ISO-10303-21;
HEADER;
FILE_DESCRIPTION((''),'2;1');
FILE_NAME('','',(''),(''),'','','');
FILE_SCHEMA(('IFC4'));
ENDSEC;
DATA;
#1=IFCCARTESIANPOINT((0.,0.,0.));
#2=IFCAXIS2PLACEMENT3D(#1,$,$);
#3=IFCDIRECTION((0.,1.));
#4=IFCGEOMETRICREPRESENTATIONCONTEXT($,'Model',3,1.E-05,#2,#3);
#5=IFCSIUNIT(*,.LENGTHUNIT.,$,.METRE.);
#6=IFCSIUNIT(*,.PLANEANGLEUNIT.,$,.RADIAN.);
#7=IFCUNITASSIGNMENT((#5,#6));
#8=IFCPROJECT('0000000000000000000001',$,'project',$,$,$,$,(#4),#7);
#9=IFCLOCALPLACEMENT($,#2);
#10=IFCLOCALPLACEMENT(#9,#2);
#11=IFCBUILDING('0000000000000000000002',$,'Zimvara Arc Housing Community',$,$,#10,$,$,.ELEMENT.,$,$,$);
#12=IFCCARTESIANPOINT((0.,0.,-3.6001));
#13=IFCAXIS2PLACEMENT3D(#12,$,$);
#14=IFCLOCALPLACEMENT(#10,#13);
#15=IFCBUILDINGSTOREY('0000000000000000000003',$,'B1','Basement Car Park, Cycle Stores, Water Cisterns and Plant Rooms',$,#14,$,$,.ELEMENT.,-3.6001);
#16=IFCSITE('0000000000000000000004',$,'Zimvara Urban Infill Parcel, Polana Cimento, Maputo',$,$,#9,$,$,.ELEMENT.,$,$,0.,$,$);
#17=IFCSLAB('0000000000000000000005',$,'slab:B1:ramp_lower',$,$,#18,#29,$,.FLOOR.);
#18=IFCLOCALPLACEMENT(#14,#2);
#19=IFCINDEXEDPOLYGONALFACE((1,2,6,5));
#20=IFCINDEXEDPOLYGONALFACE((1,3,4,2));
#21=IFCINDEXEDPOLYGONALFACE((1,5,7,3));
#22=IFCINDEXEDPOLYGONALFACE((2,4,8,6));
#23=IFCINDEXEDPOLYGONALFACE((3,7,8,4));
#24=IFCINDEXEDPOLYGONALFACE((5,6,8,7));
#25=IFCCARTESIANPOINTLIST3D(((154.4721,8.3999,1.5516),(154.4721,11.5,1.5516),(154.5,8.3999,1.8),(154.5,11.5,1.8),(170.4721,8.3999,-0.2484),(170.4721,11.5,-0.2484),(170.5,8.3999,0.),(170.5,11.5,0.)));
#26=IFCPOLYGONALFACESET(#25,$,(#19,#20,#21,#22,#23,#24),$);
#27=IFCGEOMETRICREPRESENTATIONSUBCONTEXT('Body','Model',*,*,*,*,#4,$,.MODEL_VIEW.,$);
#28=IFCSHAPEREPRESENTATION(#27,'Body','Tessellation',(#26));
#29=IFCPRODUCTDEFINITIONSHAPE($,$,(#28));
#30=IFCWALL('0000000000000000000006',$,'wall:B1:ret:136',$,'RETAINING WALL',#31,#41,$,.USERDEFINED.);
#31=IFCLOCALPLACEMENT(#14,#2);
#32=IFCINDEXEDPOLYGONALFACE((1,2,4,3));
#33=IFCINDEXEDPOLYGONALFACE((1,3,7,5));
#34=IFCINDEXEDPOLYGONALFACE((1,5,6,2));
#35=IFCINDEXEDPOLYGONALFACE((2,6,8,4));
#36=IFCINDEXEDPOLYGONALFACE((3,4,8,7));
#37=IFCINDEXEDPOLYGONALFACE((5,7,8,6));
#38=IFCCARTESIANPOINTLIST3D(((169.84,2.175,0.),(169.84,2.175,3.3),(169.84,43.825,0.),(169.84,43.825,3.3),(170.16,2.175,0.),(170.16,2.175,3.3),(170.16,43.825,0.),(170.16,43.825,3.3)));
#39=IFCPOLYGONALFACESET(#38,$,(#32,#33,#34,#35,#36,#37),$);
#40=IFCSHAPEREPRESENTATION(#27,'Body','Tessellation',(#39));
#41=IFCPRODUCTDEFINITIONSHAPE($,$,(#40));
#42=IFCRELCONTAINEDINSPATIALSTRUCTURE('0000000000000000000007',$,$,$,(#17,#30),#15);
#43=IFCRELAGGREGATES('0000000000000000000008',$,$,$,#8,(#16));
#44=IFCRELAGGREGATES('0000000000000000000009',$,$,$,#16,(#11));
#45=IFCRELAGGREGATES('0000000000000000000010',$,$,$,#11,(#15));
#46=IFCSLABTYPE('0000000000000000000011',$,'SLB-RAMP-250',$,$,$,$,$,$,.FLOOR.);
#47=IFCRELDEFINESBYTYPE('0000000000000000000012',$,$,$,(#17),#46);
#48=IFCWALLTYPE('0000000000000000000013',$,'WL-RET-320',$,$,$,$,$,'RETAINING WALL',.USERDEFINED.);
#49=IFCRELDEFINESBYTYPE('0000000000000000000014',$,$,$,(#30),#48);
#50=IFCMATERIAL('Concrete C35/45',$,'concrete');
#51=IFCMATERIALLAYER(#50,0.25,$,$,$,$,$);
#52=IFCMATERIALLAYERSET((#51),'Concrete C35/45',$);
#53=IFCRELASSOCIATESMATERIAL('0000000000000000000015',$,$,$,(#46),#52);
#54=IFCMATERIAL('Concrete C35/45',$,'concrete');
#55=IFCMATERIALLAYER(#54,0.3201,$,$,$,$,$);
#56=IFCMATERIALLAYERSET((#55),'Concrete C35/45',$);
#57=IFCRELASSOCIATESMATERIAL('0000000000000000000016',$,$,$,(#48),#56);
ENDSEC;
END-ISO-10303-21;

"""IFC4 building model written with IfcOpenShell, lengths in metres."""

from ifc_helpers import new_model, si_unit, direction, frame, frame_2d, origin, place, context, subcontext, project, spatial, polyline, rectangle, outline, extrude, material, layer, layer_set, type_object, element, save


model = new_model("IFC4")

# Units and contexts
model_context = context("Model", 3, precision=1e-05, world=origin(), true_north=direction((0.0, 1.0)))
body_context = subcontext(model_context, "Body", "Model", "MODEL_VIEW")
ifc_project = project(units=[si_unit("LENGTHUNIT", "METRE"), si_unit("PLANEANGLEUNIT", "RADIAN")], contexts=[model_context])

# Site, building, storey
site_placement = place(None, origin())
site = spatial("IfcSite", under=ifc_project, at=site_placement, Name="Zimvara Urban Infill Parcel, Polana Cimento, Maputo", CompositionType="ELEMENT", RefElevation=0.0)
building_placement = place(site_placement, origin())
building = spatial("IfcBuilding", under=site, at=building_placement, Name="Zimvara Arc Housing Community", CompositionType="ELEMENT")
storey_placement = place(building_placement, frame((0.0, 0.0, -3.6001)))
storey = spatial("IfcBuildingStorey", under=building, at=storey_placement, Name="B1", Description="Basement Car Park, Cycle Stores, Water Cisterns and Plant Rooms", CompositionType="ELEMENT", Elevation=-3.6001)

# Slab
ifc_material_1 = material(Name="Concrete C35/45", Category="concrete")
ifc_layer_1 = layer(ifc_material_1, 0.25)
ifc_layer_set_1 = layer_set([ifc_layer_1], Name="Concrete C35/45")
slab_type = type_object("IfcSlabType", Name="SLB-RAMP-250", PredefinedType="FLOOR", material=ifc_layer_set_1)
slab_1_placement = place(storey_placement, frame((170.5, 8.3999, 0.0), z_axis=(0.111798, 0.0, 0.993731), x_axis=(-0.993731, 0.0, 0.111798)))
element("IfcSlab", 1, at=slab_1_placement, inside=storey, type_object=slab_type, Name="slab:B1:ramp_lower", PredefinedType="FLOOR", context=body_context, shape_type="SweptSolid", body=[
    extrude(outline(polyline([(0.0, 0.0), (16.1009, 0.0), (16.1009, -3.1001), (0.0, -3.1001), (0.0, 0.0)])), origin(), (0.0, 0.0, -1.0), 0.25),
])

# Wall
ifc_material_2 = material(Name="Concrete C35/45", Category="concrete")
ifc_layer_2 = layer(ifc_material_2, 0.3201)
ifc_layer_set_2 = layer_set([ifc_layer_2], Name="Concrete C35/45")
wall_type = type_object("IfcWallType", Name="WL-RET-320", ElementType="RETAINING WALL", PredefinedType="USERDEFINED", material=ifc_layer_set_2)
wall_placement = place(storey_placement, frame((170.0, 2.175, 0.0), z_axis=(0.0, 0.0, 1.0), x_axis=(0.0, 1.0, 0.0)))
element("IfcWall", 2, at=wall_placement, inside=storey, type_object=wall_type, Name="wall:B1:ret:136", ObjectType="RETAINING WALL", PredefinedType="USERDEFINED", context=body_context, shape_type="SweptSolid", body=[
    extrude(rectangle(XDim=41.6499, YDim=0.3201, at=frame_2d((20.825, 0.0))), origin(), (0.0, 0.0, 1.0), 3.3),
])

save(model, "model.ifc")
